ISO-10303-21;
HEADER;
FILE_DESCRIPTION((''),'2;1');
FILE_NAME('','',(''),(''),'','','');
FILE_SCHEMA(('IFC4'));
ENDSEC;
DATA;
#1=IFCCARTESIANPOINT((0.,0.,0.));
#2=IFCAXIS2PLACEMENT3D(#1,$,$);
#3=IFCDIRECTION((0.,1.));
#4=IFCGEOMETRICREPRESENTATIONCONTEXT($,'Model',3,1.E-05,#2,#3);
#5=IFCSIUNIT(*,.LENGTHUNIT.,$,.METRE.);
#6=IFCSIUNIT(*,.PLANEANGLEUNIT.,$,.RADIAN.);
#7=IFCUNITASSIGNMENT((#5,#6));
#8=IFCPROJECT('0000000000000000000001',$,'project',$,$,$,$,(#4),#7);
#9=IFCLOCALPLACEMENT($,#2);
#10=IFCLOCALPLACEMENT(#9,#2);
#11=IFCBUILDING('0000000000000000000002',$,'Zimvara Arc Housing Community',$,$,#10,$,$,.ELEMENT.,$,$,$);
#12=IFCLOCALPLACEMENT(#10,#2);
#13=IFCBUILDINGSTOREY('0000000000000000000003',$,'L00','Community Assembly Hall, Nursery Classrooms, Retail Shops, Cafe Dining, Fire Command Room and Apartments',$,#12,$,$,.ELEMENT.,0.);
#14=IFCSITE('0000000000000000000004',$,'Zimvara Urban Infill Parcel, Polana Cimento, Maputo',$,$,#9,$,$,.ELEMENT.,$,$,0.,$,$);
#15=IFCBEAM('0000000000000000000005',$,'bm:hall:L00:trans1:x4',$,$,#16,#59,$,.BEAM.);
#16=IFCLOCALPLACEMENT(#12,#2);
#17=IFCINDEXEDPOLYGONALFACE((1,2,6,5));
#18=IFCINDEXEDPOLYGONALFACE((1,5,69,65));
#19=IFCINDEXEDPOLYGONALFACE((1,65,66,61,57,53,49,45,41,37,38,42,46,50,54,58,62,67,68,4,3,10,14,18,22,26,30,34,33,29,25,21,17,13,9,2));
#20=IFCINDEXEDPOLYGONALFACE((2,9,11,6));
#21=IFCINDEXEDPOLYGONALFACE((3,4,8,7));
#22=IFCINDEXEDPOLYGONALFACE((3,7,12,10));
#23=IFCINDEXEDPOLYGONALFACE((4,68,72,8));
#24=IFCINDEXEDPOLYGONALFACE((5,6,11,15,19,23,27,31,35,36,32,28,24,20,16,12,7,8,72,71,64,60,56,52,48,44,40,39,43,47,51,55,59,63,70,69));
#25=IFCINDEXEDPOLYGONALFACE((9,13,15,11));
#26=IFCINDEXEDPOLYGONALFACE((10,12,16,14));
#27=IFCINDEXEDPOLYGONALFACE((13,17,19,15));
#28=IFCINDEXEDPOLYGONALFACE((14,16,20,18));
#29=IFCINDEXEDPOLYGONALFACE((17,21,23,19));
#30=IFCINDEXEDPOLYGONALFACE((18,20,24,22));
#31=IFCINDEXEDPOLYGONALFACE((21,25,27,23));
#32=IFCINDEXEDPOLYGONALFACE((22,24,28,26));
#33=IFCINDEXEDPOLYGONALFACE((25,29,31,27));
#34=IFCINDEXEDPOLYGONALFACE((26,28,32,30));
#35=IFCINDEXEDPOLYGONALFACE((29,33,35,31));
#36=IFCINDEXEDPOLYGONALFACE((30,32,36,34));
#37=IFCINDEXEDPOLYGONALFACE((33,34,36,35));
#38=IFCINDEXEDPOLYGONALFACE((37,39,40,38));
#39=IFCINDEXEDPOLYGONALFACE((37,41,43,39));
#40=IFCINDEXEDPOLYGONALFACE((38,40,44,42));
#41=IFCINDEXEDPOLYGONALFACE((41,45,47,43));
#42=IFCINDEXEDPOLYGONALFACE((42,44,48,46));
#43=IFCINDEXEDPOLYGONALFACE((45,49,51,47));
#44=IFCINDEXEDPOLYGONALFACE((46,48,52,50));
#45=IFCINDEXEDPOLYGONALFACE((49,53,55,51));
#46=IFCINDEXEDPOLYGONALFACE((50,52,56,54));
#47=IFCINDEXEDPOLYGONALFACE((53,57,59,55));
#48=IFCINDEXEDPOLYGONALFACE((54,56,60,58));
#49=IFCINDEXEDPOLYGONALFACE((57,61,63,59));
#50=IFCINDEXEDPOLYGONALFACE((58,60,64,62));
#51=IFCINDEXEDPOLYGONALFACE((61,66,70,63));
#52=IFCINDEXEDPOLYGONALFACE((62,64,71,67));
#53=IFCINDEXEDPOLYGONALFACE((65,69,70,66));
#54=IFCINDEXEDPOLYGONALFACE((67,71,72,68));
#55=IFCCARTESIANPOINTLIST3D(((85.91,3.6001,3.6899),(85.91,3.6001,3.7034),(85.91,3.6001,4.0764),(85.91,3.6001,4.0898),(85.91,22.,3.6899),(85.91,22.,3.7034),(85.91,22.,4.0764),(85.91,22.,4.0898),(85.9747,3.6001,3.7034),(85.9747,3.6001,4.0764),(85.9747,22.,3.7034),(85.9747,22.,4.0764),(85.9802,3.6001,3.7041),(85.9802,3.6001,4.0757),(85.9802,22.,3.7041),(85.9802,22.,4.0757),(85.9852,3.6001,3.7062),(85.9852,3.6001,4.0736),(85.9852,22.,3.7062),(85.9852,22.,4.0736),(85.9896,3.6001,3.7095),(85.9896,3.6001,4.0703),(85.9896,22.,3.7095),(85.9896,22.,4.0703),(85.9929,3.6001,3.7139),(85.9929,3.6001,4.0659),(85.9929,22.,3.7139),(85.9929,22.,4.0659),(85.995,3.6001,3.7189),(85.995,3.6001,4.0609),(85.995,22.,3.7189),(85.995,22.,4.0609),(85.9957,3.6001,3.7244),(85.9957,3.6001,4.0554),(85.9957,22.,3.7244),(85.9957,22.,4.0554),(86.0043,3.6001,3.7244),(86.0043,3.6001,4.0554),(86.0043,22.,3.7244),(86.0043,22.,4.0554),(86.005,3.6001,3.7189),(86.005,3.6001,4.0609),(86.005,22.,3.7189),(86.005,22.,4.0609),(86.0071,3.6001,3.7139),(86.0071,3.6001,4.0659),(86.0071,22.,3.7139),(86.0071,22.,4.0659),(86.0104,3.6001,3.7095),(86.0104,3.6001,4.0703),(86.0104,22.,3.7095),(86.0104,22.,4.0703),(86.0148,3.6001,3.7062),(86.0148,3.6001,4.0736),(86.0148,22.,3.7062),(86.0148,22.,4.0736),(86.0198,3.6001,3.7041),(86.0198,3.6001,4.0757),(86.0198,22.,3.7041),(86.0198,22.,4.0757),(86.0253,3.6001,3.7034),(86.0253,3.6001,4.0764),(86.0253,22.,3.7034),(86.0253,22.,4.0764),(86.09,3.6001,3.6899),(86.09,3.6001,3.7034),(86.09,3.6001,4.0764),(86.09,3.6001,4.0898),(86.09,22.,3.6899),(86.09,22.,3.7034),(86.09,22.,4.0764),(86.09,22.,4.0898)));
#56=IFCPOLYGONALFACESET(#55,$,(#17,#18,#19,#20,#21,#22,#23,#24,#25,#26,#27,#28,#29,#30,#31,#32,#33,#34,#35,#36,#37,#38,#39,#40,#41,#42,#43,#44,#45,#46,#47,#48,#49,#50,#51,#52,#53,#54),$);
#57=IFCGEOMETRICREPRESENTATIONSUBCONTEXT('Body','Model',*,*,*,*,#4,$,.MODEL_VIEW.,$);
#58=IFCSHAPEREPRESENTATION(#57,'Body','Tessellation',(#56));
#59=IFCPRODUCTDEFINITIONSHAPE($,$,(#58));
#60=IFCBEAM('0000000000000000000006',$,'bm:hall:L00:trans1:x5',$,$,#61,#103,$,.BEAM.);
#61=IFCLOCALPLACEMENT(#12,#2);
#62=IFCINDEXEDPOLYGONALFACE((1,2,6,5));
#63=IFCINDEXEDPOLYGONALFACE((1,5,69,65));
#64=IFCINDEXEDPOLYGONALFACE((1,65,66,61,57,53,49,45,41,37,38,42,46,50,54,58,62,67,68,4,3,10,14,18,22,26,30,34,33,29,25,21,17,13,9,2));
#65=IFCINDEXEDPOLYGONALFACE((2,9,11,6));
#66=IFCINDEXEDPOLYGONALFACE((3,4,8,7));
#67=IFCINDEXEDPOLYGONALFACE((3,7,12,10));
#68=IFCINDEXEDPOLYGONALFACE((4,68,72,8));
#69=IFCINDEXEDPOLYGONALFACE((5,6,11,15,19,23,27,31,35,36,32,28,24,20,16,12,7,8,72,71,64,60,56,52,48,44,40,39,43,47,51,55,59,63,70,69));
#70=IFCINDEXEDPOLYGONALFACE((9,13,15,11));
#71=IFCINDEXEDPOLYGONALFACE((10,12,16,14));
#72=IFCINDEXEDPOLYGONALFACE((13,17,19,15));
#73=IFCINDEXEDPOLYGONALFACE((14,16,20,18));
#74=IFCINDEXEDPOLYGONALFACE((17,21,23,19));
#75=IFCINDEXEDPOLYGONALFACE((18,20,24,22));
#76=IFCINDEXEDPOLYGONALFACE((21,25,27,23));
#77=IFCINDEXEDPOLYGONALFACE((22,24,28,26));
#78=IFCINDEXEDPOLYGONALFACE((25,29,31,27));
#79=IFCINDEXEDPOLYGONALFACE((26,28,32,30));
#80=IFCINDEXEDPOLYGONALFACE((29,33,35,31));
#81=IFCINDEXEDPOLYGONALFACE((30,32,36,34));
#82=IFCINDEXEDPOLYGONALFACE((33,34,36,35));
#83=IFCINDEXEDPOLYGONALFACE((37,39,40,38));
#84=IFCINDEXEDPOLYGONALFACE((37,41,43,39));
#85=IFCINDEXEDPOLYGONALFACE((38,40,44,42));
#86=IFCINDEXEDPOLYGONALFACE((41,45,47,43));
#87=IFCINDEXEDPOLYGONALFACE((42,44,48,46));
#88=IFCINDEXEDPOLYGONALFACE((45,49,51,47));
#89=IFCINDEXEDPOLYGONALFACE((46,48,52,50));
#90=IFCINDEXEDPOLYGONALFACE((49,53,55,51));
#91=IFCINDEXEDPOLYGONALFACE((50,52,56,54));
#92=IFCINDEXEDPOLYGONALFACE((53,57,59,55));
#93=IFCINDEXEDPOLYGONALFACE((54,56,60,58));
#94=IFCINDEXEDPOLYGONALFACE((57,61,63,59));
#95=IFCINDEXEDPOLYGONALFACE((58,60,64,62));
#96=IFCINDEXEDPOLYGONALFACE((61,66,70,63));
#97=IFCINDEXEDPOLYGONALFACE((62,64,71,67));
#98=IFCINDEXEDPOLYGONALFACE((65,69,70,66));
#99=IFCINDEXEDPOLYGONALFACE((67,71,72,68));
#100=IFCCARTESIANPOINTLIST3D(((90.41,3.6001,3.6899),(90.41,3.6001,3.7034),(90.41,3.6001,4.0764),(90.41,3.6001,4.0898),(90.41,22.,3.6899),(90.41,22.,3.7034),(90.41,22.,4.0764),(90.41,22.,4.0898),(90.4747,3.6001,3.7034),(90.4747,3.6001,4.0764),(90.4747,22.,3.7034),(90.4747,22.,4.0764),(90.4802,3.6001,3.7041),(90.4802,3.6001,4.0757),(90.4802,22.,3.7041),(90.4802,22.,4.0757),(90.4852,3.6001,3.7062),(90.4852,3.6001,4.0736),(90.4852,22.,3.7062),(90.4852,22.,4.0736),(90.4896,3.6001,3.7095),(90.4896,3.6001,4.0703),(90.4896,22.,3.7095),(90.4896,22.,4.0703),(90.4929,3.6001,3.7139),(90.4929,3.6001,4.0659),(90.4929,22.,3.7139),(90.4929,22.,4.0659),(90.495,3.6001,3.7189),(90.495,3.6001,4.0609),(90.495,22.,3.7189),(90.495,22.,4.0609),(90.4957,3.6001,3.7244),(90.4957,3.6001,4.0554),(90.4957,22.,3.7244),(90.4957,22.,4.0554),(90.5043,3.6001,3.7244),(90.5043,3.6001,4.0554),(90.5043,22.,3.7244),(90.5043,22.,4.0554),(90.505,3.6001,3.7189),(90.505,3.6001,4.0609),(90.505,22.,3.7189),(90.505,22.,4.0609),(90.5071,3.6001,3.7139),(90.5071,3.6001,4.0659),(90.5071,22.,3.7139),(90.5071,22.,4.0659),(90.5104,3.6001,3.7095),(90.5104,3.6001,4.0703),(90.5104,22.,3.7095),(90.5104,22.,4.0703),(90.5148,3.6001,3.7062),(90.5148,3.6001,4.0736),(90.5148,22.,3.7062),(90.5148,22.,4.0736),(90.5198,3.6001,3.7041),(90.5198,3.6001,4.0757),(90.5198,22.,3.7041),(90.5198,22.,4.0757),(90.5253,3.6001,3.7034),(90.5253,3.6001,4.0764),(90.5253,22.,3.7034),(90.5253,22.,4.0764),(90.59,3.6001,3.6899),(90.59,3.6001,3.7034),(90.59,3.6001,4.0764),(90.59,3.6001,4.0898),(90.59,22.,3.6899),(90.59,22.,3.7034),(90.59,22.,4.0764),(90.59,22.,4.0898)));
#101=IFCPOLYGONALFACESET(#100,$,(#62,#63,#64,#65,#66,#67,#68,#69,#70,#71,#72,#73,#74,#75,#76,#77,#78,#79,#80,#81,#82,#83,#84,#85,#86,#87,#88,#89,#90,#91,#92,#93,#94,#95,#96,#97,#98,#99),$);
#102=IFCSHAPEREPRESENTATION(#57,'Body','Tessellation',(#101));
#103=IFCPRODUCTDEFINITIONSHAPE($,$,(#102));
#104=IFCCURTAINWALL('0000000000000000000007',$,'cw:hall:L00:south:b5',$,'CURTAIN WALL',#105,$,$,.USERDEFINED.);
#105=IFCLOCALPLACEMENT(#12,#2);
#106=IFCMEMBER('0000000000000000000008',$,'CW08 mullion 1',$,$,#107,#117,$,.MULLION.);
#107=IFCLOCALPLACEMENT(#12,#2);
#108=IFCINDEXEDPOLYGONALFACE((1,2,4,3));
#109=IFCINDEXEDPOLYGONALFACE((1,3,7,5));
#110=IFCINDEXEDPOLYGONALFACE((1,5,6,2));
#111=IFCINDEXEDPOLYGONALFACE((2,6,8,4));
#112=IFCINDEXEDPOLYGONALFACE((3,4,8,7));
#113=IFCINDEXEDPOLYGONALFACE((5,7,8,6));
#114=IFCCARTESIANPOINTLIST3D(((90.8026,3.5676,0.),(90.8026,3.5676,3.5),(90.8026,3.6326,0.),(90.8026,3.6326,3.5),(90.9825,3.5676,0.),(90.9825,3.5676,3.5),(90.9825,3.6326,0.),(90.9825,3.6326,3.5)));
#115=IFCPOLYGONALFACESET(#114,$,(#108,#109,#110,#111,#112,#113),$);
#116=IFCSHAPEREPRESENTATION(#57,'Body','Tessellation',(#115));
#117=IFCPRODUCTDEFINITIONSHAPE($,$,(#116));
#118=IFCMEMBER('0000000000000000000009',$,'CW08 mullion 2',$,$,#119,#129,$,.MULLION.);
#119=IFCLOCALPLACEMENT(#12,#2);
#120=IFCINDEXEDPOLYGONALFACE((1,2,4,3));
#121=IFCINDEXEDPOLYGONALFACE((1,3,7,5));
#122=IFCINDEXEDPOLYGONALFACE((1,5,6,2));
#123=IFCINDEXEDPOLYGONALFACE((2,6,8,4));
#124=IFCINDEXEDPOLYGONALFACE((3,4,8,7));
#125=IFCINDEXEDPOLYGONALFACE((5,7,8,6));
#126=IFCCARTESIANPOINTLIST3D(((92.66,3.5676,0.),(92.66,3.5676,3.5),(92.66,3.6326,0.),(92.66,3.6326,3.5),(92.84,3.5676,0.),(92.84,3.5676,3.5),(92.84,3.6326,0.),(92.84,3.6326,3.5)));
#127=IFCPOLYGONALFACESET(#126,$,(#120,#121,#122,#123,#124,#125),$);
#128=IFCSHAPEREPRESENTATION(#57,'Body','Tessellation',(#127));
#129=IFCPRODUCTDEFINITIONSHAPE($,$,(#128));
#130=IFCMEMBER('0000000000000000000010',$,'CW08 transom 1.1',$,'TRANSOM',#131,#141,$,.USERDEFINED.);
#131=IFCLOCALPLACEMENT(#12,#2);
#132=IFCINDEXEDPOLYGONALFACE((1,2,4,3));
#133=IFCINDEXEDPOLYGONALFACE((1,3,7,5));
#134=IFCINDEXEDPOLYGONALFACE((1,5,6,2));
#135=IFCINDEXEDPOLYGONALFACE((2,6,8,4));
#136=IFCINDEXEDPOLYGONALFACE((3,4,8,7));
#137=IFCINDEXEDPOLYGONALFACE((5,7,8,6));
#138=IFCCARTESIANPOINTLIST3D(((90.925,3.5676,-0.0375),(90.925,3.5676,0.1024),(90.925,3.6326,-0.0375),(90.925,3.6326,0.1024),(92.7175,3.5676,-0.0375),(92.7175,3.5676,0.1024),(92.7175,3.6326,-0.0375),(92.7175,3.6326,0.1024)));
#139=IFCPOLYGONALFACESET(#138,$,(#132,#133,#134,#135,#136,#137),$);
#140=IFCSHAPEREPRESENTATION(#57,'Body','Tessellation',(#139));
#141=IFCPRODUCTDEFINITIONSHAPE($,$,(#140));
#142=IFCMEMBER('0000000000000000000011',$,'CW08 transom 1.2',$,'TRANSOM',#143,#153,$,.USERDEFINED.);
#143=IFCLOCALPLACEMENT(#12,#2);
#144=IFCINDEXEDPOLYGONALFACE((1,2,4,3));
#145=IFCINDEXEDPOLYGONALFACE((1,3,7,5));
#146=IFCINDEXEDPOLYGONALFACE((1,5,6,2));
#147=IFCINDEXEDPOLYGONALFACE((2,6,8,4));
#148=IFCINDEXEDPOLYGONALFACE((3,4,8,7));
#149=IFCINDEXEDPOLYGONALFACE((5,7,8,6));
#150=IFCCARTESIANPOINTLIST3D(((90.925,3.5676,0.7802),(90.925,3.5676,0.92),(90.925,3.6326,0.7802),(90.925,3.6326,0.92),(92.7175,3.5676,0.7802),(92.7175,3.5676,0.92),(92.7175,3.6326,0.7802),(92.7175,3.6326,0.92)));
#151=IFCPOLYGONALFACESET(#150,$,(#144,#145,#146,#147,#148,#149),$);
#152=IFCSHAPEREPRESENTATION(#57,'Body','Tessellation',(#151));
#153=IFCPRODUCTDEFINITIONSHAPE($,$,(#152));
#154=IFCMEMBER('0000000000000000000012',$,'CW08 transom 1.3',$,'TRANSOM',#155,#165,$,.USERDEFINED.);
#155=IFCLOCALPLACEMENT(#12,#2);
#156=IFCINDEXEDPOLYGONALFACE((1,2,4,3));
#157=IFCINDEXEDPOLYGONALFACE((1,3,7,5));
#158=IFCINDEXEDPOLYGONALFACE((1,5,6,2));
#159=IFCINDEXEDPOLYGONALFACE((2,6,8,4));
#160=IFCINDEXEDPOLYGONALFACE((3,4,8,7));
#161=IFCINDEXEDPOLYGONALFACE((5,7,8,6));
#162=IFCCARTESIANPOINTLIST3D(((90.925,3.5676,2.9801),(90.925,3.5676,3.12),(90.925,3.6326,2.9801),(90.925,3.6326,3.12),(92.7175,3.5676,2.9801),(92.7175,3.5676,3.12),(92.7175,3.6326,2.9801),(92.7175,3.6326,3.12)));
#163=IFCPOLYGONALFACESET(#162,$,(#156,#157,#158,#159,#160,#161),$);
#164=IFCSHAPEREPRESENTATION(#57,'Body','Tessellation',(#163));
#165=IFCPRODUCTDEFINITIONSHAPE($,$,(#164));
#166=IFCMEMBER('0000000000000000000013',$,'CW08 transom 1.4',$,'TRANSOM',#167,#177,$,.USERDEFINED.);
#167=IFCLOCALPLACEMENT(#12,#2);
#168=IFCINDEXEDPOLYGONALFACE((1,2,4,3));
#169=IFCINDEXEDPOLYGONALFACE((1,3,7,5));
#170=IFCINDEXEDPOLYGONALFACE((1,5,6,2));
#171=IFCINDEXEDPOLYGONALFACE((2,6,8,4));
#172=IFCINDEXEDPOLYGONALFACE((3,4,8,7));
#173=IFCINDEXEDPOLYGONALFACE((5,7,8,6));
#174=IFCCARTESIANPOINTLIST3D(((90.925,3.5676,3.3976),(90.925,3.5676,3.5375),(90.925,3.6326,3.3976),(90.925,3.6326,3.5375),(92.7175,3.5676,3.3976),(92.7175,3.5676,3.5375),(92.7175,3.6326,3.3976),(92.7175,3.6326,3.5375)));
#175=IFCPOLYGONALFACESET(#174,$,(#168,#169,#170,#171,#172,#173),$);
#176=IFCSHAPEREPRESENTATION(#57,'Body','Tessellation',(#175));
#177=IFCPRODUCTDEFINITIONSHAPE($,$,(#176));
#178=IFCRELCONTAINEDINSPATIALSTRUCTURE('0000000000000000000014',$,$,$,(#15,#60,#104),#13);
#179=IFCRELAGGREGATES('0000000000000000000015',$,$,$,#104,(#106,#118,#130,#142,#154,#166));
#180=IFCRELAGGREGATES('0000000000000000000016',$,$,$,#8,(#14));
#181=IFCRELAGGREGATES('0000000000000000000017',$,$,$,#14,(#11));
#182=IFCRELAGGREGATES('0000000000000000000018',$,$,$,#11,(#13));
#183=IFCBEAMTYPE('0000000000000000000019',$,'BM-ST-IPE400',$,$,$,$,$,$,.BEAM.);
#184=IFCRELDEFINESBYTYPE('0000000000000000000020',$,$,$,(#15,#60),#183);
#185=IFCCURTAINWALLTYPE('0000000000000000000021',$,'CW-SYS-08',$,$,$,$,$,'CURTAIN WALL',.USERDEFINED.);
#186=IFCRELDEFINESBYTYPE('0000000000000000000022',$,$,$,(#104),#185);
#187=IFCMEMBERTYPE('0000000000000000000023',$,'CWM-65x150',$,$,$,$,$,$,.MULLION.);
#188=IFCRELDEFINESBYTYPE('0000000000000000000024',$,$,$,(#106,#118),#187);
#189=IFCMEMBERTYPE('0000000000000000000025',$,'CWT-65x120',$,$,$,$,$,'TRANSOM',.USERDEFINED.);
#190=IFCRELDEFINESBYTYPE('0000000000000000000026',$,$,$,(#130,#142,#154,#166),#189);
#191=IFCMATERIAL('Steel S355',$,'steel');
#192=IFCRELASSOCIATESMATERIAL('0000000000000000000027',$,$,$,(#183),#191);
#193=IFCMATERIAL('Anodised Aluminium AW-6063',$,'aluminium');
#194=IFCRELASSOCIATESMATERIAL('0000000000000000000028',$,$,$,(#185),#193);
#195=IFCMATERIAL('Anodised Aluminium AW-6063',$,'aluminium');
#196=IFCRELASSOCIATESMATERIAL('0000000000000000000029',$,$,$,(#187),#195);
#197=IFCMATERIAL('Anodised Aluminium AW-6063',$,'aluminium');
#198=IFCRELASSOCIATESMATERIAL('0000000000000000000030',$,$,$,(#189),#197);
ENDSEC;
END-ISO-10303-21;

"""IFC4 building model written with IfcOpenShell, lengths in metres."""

from ifc_helpers import new_model, si_unit, direction, frame, origin, origin_2d, place, context, subcontext, project, spatial, rectangle, i_section, extrude, material, material_profile, profile_set, type_object, element, aggregate, save


model = new_model("IFC4")

# Units and contexts
model_context = context("Model", 3, precision=1e-05, world=origin(), true_north=direction((0.0, 1.0)))
body_context = subcontext(model_context, "Body", "Model", "MODEL_VIEW")
ifc_project = project(units=[si_unit("LENGTHUNIT", "METRE"), si_unit("PLANEANGLEUNIT", "RADIAN")], contexts=[model_context])

# Site, building, storey
site_placement = place(None, origin())
site = spatial("IfcSite", under=ifc_project, at=site_placement, Name="Zimvara Urban Infill Parcel, Polana Cimento, Maputo", CompositionType="ELEMENT", RefElevation=0.0)
building_placement = place(site_placement, origin())
building = spatial("IfcBuilding", under=site, at=building_placement, Name="Zimvara Arc Housing Community", CompositionType="ELEMENT")
storey_placement = place(building_placement, origin())
storey = spatial("IfcBuildingStorey", under=building, at=storey_placement, Name="L00", Description="Community Assembly Hall, Nursery Classrooms, Retail Shops, Cafe Dining, Fire Command Room and Apartments", CompositionType="ELEMENT", Elevation=0.0)

# Beams
ifc_material_1 = material(Name="Steel S355", Category="steel")
ifc_material_profile_1 = material_profile(ifc_material_1, i_section(OverallWidth=0.1799, OverallDepth=0.3999, WebThickness=0.0085, FlangeThickness=0.0134, FilletRadius=0.021, at=origin_2d()), Name="IPE 400")
ifc_profile_set_1 = profile_set([ifc_material_profile_1], Name="Steel S355")
beam_type_1 = type_object("IfcBeamType", Name="BM-ST-IPE400", PredefinedType="BEAM", material=ifc_profile_set_1)
for number, where, z_axis, x_axis, name in (
    (1, (86.0, 3.6001, 3.8899), (0.0, 1.0, 0.0), (-1.0, 0.0, 0.0), "bm:hall:L00:trans1:x4"),
    (2, (90.5, 3.6001, 3.8899), (0.0, 1.0, 0.0), (-1.0, 0.0, 0.0), "bm:hall:L00:trans1:x5"),
):
    element("IfcBeam", number, at=place(storey_placement, frame(where, z_axis=z_axis, x_axis=x_axis)), inside=storey, type_object=beam_type_1, Name=name, PredefinedType="BEAM", context=body_context, shape_type="SweptSolid", body=[
        extrude(i_section(OverallWidth=0.1799, OverallDepth=0.3999, WebThickness=0.0085, FlangeThickness=0.0134, FilletRadius=0.021, at=origin_2d()), origin(), (0.0, 0.0, 1.0), 18.3999),
    ])

# Curtain wall, members
ifc_material_2 = material(Name="Anodised Aluminium AW-6063", Category="aluminium")
curtain_wall_type = type_object("IfcCurtainWallType", Name="CW-SYS-08", ElementType="CURTAIN WALL", PredefinedType="USERDEFINED", material=ifc_material_2)
curtain_wall_placement = place(storey_placement, origin())
curtain_wall = element("IfcCurtainWall", 3, at=curtain_wall_placement, inside=storey, type_object=curtain_wall_type, Name="cw:hall:L00:south:b5", ObjectType="CURTAIN WALL", PredefinedType="USERDEFINED")
ifc_material_3 = material(Name="Anodised Aluminium AW-6063", Category="aluminium")
ifc_material_profile_2 = material_profile(ifc_material_3, rectangle(XDim=0.0649, YDim=0.1799, at=origin_2d()), Name="ALU 65x180")
ifc_profile_set_2 = profile_set([ifc_material_profile_2], Name="Anodised Aluminium AW-6063")
member_type_1 = type_object("IfcMemberType", Name="CWM-65x150", PredefinedType="MULLION", material=ifc_profile_set_2)
member_1_placement = place(storey_placement, frame((90.8926, 3.6001, 0.0), z_axis=(0.0, 0.0, 1.0), x_axis=(0.0, 1.0, 0.0)))
member_1 = element("IfcMember", 4, at=member_1_placement, type_object=member_type_1, Name="CW08 mullion 1", PredefinedType="MULLION", context=body_context, shape_type="SweptSolid", body=[
    extrude(rectangle(XDim=0.0649, YDim=0.1799, at=origin_2d()), origin(), (0.0, 0.0, 1.0), 3.5),
])
member_2_placement = place(storey_placement, frame((92.75, 3.6001, 0.0), z_axis=(0.0, 0.0, 1.0), x_axis=(0.0, 1.0, 0.0)))
member_2 = element("IfcMember", 5, at=member_2_placement, type_object=member_type_1, Name="CW08 mullion 2", PredefinedType="MULLION", context=body_context, shape_type="SweptSolid", body=[
    extrude(rectangle(XDim=0.0649, YDim=0.1799, at=origin_2d()), origin(), (0.0, 0.0, 1.0), 3.5),
])
ifc_material_4 = material(Name="Anodised Aluminium AW-6063", Category="aluminium")
ifc_material_profile_3 = material_profile(ifc_material_4, rectangle(XDim=0.0649, YDim=0.1399, at=origin_2d()), Name="ALU 65x140")
ifc_profile_set_3 = profile_set([ifc_material_profile_3], Name="Anodised Aluminium AW-6063")
member_type_2 = type_object("IfcMemberType", Name="CWT-65x120", ElementType="TRANSOM", PredefinedType="USERDEFINED", material=ifc_profile_set_3)
member_3_placement = place(storey_placement, frame((90.925, 3.6001, 0.0325), z_axis=(1.0, 0.0, 0.0), x_axis=(0.0, 1.0, 0.0)))
member_3 = element("IfcMember", 6, at=member_3_placement, type_object=member_type_2, Name="CW08 transom 1.1", ObjectType="TRANSOM", PredefinedType="USERDEFINED", context=body_context, shape_type="SweptSolid", body=[
    extrude(rectangle(XDim=0.0649, YDim=0.1399, at=origin_2d()), origin(), (0.0, 0.0, 1.0), 1.7925),
])
member_4_placement = place(storey_placement, frame((90.925, 3.6001, 0.8501), z_axis=(1.0, 0.0, 0.0), x_axis=(0.0, 1.0, 0.0)))
member_4 = element("IfcMember", 7, at=member_4_placement, type_object=member_type_2, Name="CW08 transom 1.2", ObjectType="TRANSOM", PredefinedType="USERDEFINED", context=body_context, shape_type="SweptSolid", body=[
    extrude(rectangle(XDim=0.0649, YDim=0.1399, at=origin_2d()), origin(), (0.0, 0.0, 1.0), 1.7925),
])
member_5_placement = place(storey_placement, frame((90.925, 3.6001, 3.05), z_axis=(1.0, 0.0, 0.0), x_axis=(0.0, 1.0, 0.0)))
member_5 = element("IfcMember", 8, at=member_5_placement, type_object=member_type_2, Name="CW08 transom 1.3", ObjectType="TRANSOM", PredefinedType="USERDEFINED", context=body_context, shape_type="SweptSolid", body=[
    extrude(rectangle(XDim=0.0649, YDim=0.1399, at=origin_2d()), origin(), (0.0, 0.0, 1.0), 1.7925),
])
member_6_placement = place(storey_placement, frame((90.925, 3.6001, 3.4675), z_axis=(1.0, 0.0, 0.0), x_axis=(0.0, 1.0, 0.0)))
member_6 = element("IfcMember", 9, at=member_6_placement, type_object=member_type_2, Name="CW08 transom 1.4", ObjectType="TRANSOM", PredefinedType="USERDEFINED", context=body_context, shape_type="SweptSolid", body=[
    extrude(rectangle(XDim=0.0649, YDim=0.1399, at=origin_2d()), origin(), (0.0, 0.0, 1.0), 1.7925),
])

aggregate(curtain_wall, [member_1, member_2, member_3, member_4, member_5, member_6])

save(model, "model.ifc")
